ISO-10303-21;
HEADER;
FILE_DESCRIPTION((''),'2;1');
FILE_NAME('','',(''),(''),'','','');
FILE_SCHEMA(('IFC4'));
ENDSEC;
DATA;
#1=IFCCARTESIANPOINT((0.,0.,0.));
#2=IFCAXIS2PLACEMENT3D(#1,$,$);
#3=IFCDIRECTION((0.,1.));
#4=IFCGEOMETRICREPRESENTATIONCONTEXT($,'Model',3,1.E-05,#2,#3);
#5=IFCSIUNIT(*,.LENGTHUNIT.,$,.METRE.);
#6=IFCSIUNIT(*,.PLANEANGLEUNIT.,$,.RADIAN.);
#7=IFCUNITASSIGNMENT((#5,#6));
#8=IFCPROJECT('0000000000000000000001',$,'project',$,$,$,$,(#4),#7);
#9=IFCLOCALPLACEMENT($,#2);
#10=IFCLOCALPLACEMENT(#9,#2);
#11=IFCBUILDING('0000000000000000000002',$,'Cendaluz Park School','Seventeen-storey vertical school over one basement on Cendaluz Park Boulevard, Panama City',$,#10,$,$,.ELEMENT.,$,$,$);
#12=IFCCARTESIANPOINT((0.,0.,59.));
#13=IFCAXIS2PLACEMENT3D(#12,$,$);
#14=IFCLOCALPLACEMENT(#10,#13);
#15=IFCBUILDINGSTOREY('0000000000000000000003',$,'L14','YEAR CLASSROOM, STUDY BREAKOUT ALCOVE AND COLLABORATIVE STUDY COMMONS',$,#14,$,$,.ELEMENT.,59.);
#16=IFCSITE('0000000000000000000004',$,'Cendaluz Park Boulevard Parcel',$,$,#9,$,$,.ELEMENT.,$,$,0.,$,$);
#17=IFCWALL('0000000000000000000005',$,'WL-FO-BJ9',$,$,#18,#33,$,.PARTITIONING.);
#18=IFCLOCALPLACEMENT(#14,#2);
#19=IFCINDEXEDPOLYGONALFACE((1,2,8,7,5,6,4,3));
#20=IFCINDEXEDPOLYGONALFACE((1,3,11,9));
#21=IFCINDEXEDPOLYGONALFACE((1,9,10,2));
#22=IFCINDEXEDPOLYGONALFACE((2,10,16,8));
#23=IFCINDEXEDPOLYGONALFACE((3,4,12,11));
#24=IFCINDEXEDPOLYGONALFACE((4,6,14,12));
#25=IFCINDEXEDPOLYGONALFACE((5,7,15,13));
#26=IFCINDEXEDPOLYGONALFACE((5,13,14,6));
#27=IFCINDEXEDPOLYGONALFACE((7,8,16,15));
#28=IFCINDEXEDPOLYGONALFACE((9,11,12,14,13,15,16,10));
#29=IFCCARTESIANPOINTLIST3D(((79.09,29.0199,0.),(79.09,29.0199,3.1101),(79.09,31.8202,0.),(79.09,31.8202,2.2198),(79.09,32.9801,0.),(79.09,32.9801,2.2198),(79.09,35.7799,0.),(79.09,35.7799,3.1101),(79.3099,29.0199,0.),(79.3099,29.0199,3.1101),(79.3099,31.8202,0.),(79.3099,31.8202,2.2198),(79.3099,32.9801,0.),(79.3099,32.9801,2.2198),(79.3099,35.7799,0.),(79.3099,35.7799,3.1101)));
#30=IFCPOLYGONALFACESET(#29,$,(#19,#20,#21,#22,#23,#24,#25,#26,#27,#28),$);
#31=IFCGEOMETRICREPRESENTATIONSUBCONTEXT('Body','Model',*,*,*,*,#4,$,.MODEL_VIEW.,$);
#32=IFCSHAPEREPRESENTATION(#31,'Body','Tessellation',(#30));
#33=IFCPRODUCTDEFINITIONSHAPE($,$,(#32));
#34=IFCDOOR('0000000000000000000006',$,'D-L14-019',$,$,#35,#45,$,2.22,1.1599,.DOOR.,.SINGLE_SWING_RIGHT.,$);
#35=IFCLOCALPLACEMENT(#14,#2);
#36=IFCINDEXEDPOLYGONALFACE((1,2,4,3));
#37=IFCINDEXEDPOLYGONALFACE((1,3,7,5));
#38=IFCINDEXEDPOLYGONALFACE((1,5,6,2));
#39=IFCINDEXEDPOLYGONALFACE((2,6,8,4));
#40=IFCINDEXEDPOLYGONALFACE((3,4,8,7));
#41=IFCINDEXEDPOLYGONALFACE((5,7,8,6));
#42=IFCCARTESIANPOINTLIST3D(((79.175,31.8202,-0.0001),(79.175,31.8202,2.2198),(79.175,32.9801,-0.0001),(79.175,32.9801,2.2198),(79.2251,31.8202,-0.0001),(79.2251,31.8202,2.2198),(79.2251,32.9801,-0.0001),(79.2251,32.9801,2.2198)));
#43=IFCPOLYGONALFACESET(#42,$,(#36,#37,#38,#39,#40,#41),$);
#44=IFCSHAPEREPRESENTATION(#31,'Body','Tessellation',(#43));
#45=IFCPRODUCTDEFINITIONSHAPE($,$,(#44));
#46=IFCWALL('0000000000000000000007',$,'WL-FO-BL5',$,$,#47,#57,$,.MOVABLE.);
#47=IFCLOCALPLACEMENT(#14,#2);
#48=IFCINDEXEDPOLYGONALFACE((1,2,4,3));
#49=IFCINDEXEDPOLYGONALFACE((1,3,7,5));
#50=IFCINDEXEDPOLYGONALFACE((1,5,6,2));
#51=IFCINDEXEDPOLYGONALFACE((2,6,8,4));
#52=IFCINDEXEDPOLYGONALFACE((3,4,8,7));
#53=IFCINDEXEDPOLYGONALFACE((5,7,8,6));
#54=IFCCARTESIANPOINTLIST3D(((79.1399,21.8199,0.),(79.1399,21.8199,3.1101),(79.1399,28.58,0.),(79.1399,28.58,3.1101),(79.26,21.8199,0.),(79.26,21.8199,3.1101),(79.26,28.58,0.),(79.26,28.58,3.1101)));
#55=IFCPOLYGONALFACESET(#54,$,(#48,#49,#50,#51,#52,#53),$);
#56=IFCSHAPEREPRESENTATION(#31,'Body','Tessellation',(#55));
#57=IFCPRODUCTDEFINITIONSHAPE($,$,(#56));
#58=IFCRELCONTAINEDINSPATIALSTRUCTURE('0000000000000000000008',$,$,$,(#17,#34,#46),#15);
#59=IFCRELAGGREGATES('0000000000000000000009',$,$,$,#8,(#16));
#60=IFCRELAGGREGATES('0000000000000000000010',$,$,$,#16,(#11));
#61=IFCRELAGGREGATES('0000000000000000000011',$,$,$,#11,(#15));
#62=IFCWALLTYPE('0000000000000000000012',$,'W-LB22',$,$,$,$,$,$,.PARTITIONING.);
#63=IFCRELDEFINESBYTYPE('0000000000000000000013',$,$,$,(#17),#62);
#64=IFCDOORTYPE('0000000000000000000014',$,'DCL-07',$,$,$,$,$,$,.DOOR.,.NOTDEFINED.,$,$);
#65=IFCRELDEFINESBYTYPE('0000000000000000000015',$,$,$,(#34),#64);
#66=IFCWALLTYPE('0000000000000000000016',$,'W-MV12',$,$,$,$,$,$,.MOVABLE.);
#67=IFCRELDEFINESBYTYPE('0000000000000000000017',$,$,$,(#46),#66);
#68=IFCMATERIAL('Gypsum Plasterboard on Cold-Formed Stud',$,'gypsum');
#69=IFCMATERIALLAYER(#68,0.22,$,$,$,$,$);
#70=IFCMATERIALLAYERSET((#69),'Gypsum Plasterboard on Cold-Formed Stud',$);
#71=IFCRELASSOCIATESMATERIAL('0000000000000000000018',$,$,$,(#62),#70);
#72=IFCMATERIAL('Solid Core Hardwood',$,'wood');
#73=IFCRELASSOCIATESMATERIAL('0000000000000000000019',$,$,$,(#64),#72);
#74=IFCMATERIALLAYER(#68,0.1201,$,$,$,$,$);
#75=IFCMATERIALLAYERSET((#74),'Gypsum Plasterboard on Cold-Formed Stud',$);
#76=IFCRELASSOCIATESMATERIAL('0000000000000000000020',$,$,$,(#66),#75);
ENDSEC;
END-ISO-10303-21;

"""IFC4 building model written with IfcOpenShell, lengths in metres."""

from ifc_helpers import new_model, si_unit, direction, frame, frame_2d, origin, place, context, subcontext, project, spatial, rectangle, extrude, material, layer, layer_set, type_object, element, fill, save


model = new_model("IFC4")

# Units and contexts
model_context = context("Model", 3, precision=1e-05, world=origin(), true_north=direction((0.0, 1.0)))
body_context = subcontext(model_context, "Body", "Model", "MODEL_VIEW")
ifc_project = project(units=[si_unit("LENGTHUNIT", "METRE"), si_unit("PLANEANGLEUNIT", "RADIAN")], contexts=[model_context])

# Site, building, storey
site_placement = place(None, origin())
site = spatial("IfcSite", under=ifc_project, at=site_placement, Name="Cendaluz Park Boulevard Parcel", CompositionType="ELEMENT", RefElevation=0.0)
building_placement = place(site_placement, origin())
building = spatial("IfcBuilding", under=site, at=building_placement, Name="Cendaluz Park School", Description="Seventeen-storey vertical school over one basement on Cendaluz Park Boulevard, Panama City", CompositionType="ELEMENT")
storey_placement = place(building_placement, frame((0.0, 0.0, 59.0)))
storey = spatial("IfcBuildingStorey", under=building, at=storey_placement, Name="L14", Description="YEAR CLASSROOM, STUDY BREAKOUT ALCOVE AND COLLABORATIVE STUDY COMMONS", CompositionType="ELEMENT", Elevation=59.0)

# Shared definitions
ifc_material_1 = material(Name="Gypsum Plasterboard on Cold-Formed Stud", Category="gypsum")
ifc_material_2 = material(Name="Solid Core Hardwood", Category="wood")

# Shared definitions
ifc_layer_1 = layer(ifc_material_1, 0.22)
ifc_layer_set_1 = layer_set([ifc_layer_1], Name="Gypsum Plasterboard on Cold-Formed Stud")
wall_type_1 = type_object("IfcWallType", Name="W-LB22", PredefinedType="PARTITIONING", material=ifc_layer_set_1)

# Wall, opening, door
wall_1_placement = place(storey_placement, frame((79.2, 29.02, 0.0), z_axis=(0.0, 0.0, 1.0), x_axis=(0.0, 1.0, 0.0)))
wall_1 = element("IfcWall", 1, at=wall_1_placement, inside=storey, type_object=wall_type_1, Name="WL-FO-BJ9", PredefinedType="PARTITIONING", context=body_context, shape_type="SweptSolid", body=[
    extrude(rectangle(XDim=6.76, YDim=0.22, at=frame_2d((3.3799, 0.0))), origin(), (0.0, 0.0, 1.0), 3.1101),
])
opening_1_placement = place(wall_1_placement, frame((2.8, 0.0, 0.0)))
opening_1 = element("IfcOpeningElement", 2, at=opening_1_placement, cuts=wall_1, PredefinedType="OPENING", context=body_context, shape_type="SweptSolid", body=[
    extrude(rectangle(XDim=1.1599, YDim=2.22, at=frame_2d((0.5801, 1.1099))), frame((0.0, 0.1221, 0.0), z_axis=(0.0, -1.0, 0.0), x_axis=(1.0, 0.0, 0.0)), (0.0, 0.0, 1.0), 0.2439),
])
door_type_1 = type_object("IfcDoorType", Name="DCL-07", OperationType="NOTDEFINED", PredefinedType="DOOR", material=ifc_material_2)
door_1_placement = place(opening_1_placement, origin())
door_1 = element("IfcDoor", 3, at=door_1_placement, inside=storey, type_object=door_type_1, Name="D-L14-019", OperationType="SINGLE_SWING_RIGHT", OverallHeight=2.22, OverallWidth=1.1599, PredefinedType="DOOR", context=body_context, shape_type="SweptSolid", body=[
    extrude(rectangle(XDim=1.1599, YDim=2.22, at=frame_2d((0.5801, 1.1099))), frame((0.0, 0.0249, 0.0), z_axis=(0.0, -1.0, 0.0), x_axis=(1.0, 0.0, 0.0)), (0.0, 0.0, 1.0), 0.05),
])
fill(opening_1, door_1)

# Wall
ifc_layer_2 = layer(ifc_material_1, 0.1201)
ifc_layer_set_2 = layer_set([ifc_layer_2], Name="Gypsum Plasterboard on Cold-Formed Stud")
wall_type_2 = type_object("IfcWallType", Name="W-MV12", PredefinedType="MOVABLE", material=ifc_layer_set_2)
wall_2_placement = place(storey_placement, frame((79.2, 21.8201, 0.0), z_axis=(0.0, 0.0, 1.0), x_axis=(0.0, 1.0, 0.0)))
element("IfcWall", 4, at=wall_2_placement, inside=storey, type_object=wall_type_2, Name="WL-FO-BL5", PredefinedType="MOVABLE", context=body_context, shape_type="SweptSolid", body=[
    extrude(rectangle(XDim=6.76, YDim=0.1201, at=frame_2d((3.3799, 0.0))), origin(), (0.0, 0.0, 1.0), 3.1101),
])

save(model, "model.ifc")
